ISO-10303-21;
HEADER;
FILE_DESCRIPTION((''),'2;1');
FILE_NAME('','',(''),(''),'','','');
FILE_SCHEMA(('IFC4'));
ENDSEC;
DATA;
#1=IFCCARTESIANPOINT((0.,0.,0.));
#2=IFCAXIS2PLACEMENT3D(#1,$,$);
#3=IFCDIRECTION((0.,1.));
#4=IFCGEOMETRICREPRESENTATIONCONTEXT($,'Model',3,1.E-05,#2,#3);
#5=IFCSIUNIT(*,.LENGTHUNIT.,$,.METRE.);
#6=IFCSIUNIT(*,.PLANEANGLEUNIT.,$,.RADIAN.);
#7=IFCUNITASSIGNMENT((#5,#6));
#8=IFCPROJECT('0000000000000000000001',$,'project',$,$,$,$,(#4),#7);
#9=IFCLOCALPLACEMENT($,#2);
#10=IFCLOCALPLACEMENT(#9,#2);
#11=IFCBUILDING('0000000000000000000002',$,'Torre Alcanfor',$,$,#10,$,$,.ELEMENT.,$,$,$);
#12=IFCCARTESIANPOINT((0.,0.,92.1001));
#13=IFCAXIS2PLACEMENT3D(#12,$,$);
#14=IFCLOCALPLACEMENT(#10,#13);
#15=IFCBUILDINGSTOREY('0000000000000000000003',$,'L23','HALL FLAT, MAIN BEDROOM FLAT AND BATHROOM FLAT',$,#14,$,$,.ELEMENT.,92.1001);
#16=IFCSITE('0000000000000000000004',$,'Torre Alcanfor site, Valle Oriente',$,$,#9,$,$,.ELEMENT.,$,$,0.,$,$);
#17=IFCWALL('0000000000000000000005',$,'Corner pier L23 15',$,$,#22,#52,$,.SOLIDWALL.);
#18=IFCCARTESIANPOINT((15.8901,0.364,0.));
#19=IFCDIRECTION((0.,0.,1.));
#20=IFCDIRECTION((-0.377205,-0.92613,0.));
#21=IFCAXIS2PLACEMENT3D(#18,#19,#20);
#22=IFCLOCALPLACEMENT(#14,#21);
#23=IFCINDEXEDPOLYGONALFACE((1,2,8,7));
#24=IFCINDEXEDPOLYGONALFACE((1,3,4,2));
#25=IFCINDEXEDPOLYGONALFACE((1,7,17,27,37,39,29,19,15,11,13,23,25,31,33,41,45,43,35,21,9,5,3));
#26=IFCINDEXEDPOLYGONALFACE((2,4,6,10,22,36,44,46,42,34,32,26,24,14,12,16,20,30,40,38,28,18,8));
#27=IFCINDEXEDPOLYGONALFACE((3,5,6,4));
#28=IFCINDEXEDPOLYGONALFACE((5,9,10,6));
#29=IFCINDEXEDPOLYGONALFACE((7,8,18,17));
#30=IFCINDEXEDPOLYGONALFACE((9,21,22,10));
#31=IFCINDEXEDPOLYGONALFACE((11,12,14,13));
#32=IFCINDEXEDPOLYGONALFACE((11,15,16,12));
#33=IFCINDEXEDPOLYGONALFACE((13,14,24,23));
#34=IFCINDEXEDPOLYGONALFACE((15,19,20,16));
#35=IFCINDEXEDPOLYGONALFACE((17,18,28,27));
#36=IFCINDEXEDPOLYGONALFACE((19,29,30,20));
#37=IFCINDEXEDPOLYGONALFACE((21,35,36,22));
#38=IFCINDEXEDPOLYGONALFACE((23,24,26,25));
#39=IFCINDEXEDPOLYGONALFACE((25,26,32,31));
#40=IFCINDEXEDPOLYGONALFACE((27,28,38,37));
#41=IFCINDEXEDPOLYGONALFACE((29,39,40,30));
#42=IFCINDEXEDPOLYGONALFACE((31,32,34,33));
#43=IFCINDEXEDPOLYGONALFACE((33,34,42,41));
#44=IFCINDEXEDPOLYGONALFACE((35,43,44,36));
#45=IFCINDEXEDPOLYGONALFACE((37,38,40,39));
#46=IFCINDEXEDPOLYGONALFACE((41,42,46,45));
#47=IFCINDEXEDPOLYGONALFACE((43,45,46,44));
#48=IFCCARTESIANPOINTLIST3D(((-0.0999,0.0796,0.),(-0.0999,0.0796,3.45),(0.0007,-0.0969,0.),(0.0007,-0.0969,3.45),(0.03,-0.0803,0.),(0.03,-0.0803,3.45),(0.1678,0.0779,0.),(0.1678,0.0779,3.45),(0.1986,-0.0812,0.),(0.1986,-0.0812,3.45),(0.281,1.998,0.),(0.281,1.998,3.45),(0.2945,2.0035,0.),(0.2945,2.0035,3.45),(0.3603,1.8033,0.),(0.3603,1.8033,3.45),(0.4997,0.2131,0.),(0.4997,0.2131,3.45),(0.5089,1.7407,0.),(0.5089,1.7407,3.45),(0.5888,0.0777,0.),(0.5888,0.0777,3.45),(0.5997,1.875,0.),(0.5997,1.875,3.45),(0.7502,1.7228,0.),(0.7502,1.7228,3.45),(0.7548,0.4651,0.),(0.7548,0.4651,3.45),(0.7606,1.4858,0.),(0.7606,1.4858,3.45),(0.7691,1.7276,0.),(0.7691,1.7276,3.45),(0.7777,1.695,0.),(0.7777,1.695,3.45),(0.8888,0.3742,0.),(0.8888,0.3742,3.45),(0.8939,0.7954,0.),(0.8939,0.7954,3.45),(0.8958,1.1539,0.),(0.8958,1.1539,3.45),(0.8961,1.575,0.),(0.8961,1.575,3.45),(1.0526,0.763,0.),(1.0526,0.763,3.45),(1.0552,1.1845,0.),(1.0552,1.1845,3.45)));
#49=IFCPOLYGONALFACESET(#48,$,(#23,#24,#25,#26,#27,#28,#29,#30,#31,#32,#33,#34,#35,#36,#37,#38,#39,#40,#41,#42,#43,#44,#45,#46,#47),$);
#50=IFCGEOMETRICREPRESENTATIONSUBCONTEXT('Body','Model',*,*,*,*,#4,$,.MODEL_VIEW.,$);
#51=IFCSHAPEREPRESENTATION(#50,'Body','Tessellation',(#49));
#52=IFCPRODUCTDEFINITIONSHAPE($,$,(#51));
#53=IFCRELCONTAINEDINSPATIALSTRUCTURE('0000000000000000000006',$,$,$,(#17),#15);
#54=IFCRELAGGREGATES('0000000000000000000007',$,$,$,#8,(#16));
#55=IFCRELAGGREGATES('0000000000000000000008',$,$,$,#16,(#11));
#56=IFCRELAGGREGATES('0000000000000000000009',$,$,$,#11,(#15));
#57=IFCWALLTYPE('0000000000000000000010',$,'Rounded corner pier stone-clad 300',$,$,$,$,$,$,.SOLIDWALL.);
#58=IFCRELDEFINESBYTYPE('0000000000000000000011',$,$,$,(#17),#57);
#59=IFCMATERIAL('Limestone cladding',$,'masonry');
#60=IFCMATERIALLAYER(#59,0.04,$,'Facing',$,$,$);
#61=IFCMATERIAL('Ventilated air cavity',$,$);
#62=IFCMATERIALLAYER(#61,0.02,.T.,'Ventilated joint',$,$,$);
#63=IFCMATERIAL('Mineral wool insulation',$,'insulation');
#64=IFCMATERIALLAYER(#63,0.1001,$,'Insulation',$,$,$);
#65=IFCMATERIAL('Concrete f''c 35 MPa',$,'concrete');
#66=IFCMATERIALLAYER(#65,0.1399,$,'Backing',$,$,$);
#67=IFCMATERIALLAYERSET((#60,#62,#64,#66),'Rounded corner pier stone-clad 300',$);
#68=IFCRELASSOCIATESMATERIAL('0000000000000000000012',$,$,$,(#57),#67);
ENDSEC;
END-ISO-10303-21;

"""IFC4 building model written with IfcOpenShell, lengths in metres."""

from ifc_helpers import new_model, si_unit, direction, frame, origin, place, context, subcontext, project, spatial, polyline, outline, extrude, material, layer, layer_set, type_object, element, save


model = new_model("IFC4")

# Units and contexts
model_context = context("Model", 3, precision=1e-05, world=origin(), true_north=direction((0.0, 1.0)))
body_context = subcontext(model_context, "Body", "Model", "MODEL_VIEW")
ifc_project = project(units=[si_unit("LENGTHUNIT", "METRE"), si_unit("PLANEANGLEUNIT", "RADIAN")], contexts=[model_context])

# Site, building, storey
site_placement = place(None, origin())
site = spatial("IfcSite", under=ifc_project, at=site_placement, Name="Torre Alcanfor site, Valle Oriente", CompositionType="ELEMENT", RefElevation=0.0)
building_placement = place(site_placement, origin())
building = spatial("IfcBuilding", under=site, at=building_placement, Name="Torre Alcanfor", CompositionType="ELEMENT")
storey_placement = place(building_placement, frame((0.0, 0.0, 92.1001)))
storey = spatial("IfcBuildingStorey", under=building, at=storey_placement, Name="L23", Description="HALL FLAT, MAIN BEDROOM FLAT AND BATHROOM FLAT", CompositionType="ELEMENT", Elevation=92.1001)

# Wall
ifc_material_1 = material(Name="Limestone cladding", Category="masonry")
ifc_layer_1 = layer(ifc_material_1, 0.04, Name="Facing")
ifc_material_2 = material(Name="Ventilated air cavity")
ifc_layer_2 = layer(ifc_material_2, 0.02, ventilated=True, Name="Ventilated joint")
ifc_material_3 = material(Name="Mineral wool insulation", Category="insulation")
ifc_layer_3 = layer(ifc_material_3, 0.1001, Name="Insulation")
ifc_material_4 = material(Name="Concrete f'c 35 MPa", Category="concrete")
ifc_layer_4 = layer(ifc_material_4, 0.1399, Name="Backing")
ifc_layer_set_1 = layer_set([ifc_layer_1, ifc_layer_2, ifc_layer_3, ifc_layer_4], Name="Rounded corner pier stone-clad 300")
wall_type = type_object("IfcWallType", Name="Rounded corner pier stone-clad 300", PredefinedType="SOLIDWALL", material=ifc_layer_set_1)
wall_placement = place(storey_placement, frame((15.8901, 0.364, 0.0), z_axis=(0.0, 0.0, 1.0), x_axis=(-0.377205, -0.92613, 0.0)))
element("IfcWall", 1, at=wall_placement, inside=storey, type_object=wall_type, Name="Corner pier L23 15", PredefinedType="SOLIDWALL", context=body_context, shape_type="SweptSolid", body=[
    extrude(outline(polyline([(0.3603, 1.8033), (0.5089, 1.7407), (0.7606, 1.4858), (0.8958, 1.1539), (0.8939, 0.7954), (0.7548, 0.4651), (0.4997, 0.2131), (0.1678, 0.0779), (-0.0999, 0.0796), (0.0007, -0.0969), (0.03, -0.0803), (0.1986, -0.0812), (0.5888, 0.0777), (0.8888, 0.3742), (1.0526, 0.763), (1.0552, 1.1845), (0.8961, 1.575), (0.7777, 1.695), (0.7691, 1.7276), (0.7502, 1.7228), (0.5997, 1.875), (0.2945, 2.0035), (0.281, 1.998), (0.3603, 1.8033)])), origin(), (0.0, 0.0, 1.0), 3.45),
])

save(model, "model.ifc")
